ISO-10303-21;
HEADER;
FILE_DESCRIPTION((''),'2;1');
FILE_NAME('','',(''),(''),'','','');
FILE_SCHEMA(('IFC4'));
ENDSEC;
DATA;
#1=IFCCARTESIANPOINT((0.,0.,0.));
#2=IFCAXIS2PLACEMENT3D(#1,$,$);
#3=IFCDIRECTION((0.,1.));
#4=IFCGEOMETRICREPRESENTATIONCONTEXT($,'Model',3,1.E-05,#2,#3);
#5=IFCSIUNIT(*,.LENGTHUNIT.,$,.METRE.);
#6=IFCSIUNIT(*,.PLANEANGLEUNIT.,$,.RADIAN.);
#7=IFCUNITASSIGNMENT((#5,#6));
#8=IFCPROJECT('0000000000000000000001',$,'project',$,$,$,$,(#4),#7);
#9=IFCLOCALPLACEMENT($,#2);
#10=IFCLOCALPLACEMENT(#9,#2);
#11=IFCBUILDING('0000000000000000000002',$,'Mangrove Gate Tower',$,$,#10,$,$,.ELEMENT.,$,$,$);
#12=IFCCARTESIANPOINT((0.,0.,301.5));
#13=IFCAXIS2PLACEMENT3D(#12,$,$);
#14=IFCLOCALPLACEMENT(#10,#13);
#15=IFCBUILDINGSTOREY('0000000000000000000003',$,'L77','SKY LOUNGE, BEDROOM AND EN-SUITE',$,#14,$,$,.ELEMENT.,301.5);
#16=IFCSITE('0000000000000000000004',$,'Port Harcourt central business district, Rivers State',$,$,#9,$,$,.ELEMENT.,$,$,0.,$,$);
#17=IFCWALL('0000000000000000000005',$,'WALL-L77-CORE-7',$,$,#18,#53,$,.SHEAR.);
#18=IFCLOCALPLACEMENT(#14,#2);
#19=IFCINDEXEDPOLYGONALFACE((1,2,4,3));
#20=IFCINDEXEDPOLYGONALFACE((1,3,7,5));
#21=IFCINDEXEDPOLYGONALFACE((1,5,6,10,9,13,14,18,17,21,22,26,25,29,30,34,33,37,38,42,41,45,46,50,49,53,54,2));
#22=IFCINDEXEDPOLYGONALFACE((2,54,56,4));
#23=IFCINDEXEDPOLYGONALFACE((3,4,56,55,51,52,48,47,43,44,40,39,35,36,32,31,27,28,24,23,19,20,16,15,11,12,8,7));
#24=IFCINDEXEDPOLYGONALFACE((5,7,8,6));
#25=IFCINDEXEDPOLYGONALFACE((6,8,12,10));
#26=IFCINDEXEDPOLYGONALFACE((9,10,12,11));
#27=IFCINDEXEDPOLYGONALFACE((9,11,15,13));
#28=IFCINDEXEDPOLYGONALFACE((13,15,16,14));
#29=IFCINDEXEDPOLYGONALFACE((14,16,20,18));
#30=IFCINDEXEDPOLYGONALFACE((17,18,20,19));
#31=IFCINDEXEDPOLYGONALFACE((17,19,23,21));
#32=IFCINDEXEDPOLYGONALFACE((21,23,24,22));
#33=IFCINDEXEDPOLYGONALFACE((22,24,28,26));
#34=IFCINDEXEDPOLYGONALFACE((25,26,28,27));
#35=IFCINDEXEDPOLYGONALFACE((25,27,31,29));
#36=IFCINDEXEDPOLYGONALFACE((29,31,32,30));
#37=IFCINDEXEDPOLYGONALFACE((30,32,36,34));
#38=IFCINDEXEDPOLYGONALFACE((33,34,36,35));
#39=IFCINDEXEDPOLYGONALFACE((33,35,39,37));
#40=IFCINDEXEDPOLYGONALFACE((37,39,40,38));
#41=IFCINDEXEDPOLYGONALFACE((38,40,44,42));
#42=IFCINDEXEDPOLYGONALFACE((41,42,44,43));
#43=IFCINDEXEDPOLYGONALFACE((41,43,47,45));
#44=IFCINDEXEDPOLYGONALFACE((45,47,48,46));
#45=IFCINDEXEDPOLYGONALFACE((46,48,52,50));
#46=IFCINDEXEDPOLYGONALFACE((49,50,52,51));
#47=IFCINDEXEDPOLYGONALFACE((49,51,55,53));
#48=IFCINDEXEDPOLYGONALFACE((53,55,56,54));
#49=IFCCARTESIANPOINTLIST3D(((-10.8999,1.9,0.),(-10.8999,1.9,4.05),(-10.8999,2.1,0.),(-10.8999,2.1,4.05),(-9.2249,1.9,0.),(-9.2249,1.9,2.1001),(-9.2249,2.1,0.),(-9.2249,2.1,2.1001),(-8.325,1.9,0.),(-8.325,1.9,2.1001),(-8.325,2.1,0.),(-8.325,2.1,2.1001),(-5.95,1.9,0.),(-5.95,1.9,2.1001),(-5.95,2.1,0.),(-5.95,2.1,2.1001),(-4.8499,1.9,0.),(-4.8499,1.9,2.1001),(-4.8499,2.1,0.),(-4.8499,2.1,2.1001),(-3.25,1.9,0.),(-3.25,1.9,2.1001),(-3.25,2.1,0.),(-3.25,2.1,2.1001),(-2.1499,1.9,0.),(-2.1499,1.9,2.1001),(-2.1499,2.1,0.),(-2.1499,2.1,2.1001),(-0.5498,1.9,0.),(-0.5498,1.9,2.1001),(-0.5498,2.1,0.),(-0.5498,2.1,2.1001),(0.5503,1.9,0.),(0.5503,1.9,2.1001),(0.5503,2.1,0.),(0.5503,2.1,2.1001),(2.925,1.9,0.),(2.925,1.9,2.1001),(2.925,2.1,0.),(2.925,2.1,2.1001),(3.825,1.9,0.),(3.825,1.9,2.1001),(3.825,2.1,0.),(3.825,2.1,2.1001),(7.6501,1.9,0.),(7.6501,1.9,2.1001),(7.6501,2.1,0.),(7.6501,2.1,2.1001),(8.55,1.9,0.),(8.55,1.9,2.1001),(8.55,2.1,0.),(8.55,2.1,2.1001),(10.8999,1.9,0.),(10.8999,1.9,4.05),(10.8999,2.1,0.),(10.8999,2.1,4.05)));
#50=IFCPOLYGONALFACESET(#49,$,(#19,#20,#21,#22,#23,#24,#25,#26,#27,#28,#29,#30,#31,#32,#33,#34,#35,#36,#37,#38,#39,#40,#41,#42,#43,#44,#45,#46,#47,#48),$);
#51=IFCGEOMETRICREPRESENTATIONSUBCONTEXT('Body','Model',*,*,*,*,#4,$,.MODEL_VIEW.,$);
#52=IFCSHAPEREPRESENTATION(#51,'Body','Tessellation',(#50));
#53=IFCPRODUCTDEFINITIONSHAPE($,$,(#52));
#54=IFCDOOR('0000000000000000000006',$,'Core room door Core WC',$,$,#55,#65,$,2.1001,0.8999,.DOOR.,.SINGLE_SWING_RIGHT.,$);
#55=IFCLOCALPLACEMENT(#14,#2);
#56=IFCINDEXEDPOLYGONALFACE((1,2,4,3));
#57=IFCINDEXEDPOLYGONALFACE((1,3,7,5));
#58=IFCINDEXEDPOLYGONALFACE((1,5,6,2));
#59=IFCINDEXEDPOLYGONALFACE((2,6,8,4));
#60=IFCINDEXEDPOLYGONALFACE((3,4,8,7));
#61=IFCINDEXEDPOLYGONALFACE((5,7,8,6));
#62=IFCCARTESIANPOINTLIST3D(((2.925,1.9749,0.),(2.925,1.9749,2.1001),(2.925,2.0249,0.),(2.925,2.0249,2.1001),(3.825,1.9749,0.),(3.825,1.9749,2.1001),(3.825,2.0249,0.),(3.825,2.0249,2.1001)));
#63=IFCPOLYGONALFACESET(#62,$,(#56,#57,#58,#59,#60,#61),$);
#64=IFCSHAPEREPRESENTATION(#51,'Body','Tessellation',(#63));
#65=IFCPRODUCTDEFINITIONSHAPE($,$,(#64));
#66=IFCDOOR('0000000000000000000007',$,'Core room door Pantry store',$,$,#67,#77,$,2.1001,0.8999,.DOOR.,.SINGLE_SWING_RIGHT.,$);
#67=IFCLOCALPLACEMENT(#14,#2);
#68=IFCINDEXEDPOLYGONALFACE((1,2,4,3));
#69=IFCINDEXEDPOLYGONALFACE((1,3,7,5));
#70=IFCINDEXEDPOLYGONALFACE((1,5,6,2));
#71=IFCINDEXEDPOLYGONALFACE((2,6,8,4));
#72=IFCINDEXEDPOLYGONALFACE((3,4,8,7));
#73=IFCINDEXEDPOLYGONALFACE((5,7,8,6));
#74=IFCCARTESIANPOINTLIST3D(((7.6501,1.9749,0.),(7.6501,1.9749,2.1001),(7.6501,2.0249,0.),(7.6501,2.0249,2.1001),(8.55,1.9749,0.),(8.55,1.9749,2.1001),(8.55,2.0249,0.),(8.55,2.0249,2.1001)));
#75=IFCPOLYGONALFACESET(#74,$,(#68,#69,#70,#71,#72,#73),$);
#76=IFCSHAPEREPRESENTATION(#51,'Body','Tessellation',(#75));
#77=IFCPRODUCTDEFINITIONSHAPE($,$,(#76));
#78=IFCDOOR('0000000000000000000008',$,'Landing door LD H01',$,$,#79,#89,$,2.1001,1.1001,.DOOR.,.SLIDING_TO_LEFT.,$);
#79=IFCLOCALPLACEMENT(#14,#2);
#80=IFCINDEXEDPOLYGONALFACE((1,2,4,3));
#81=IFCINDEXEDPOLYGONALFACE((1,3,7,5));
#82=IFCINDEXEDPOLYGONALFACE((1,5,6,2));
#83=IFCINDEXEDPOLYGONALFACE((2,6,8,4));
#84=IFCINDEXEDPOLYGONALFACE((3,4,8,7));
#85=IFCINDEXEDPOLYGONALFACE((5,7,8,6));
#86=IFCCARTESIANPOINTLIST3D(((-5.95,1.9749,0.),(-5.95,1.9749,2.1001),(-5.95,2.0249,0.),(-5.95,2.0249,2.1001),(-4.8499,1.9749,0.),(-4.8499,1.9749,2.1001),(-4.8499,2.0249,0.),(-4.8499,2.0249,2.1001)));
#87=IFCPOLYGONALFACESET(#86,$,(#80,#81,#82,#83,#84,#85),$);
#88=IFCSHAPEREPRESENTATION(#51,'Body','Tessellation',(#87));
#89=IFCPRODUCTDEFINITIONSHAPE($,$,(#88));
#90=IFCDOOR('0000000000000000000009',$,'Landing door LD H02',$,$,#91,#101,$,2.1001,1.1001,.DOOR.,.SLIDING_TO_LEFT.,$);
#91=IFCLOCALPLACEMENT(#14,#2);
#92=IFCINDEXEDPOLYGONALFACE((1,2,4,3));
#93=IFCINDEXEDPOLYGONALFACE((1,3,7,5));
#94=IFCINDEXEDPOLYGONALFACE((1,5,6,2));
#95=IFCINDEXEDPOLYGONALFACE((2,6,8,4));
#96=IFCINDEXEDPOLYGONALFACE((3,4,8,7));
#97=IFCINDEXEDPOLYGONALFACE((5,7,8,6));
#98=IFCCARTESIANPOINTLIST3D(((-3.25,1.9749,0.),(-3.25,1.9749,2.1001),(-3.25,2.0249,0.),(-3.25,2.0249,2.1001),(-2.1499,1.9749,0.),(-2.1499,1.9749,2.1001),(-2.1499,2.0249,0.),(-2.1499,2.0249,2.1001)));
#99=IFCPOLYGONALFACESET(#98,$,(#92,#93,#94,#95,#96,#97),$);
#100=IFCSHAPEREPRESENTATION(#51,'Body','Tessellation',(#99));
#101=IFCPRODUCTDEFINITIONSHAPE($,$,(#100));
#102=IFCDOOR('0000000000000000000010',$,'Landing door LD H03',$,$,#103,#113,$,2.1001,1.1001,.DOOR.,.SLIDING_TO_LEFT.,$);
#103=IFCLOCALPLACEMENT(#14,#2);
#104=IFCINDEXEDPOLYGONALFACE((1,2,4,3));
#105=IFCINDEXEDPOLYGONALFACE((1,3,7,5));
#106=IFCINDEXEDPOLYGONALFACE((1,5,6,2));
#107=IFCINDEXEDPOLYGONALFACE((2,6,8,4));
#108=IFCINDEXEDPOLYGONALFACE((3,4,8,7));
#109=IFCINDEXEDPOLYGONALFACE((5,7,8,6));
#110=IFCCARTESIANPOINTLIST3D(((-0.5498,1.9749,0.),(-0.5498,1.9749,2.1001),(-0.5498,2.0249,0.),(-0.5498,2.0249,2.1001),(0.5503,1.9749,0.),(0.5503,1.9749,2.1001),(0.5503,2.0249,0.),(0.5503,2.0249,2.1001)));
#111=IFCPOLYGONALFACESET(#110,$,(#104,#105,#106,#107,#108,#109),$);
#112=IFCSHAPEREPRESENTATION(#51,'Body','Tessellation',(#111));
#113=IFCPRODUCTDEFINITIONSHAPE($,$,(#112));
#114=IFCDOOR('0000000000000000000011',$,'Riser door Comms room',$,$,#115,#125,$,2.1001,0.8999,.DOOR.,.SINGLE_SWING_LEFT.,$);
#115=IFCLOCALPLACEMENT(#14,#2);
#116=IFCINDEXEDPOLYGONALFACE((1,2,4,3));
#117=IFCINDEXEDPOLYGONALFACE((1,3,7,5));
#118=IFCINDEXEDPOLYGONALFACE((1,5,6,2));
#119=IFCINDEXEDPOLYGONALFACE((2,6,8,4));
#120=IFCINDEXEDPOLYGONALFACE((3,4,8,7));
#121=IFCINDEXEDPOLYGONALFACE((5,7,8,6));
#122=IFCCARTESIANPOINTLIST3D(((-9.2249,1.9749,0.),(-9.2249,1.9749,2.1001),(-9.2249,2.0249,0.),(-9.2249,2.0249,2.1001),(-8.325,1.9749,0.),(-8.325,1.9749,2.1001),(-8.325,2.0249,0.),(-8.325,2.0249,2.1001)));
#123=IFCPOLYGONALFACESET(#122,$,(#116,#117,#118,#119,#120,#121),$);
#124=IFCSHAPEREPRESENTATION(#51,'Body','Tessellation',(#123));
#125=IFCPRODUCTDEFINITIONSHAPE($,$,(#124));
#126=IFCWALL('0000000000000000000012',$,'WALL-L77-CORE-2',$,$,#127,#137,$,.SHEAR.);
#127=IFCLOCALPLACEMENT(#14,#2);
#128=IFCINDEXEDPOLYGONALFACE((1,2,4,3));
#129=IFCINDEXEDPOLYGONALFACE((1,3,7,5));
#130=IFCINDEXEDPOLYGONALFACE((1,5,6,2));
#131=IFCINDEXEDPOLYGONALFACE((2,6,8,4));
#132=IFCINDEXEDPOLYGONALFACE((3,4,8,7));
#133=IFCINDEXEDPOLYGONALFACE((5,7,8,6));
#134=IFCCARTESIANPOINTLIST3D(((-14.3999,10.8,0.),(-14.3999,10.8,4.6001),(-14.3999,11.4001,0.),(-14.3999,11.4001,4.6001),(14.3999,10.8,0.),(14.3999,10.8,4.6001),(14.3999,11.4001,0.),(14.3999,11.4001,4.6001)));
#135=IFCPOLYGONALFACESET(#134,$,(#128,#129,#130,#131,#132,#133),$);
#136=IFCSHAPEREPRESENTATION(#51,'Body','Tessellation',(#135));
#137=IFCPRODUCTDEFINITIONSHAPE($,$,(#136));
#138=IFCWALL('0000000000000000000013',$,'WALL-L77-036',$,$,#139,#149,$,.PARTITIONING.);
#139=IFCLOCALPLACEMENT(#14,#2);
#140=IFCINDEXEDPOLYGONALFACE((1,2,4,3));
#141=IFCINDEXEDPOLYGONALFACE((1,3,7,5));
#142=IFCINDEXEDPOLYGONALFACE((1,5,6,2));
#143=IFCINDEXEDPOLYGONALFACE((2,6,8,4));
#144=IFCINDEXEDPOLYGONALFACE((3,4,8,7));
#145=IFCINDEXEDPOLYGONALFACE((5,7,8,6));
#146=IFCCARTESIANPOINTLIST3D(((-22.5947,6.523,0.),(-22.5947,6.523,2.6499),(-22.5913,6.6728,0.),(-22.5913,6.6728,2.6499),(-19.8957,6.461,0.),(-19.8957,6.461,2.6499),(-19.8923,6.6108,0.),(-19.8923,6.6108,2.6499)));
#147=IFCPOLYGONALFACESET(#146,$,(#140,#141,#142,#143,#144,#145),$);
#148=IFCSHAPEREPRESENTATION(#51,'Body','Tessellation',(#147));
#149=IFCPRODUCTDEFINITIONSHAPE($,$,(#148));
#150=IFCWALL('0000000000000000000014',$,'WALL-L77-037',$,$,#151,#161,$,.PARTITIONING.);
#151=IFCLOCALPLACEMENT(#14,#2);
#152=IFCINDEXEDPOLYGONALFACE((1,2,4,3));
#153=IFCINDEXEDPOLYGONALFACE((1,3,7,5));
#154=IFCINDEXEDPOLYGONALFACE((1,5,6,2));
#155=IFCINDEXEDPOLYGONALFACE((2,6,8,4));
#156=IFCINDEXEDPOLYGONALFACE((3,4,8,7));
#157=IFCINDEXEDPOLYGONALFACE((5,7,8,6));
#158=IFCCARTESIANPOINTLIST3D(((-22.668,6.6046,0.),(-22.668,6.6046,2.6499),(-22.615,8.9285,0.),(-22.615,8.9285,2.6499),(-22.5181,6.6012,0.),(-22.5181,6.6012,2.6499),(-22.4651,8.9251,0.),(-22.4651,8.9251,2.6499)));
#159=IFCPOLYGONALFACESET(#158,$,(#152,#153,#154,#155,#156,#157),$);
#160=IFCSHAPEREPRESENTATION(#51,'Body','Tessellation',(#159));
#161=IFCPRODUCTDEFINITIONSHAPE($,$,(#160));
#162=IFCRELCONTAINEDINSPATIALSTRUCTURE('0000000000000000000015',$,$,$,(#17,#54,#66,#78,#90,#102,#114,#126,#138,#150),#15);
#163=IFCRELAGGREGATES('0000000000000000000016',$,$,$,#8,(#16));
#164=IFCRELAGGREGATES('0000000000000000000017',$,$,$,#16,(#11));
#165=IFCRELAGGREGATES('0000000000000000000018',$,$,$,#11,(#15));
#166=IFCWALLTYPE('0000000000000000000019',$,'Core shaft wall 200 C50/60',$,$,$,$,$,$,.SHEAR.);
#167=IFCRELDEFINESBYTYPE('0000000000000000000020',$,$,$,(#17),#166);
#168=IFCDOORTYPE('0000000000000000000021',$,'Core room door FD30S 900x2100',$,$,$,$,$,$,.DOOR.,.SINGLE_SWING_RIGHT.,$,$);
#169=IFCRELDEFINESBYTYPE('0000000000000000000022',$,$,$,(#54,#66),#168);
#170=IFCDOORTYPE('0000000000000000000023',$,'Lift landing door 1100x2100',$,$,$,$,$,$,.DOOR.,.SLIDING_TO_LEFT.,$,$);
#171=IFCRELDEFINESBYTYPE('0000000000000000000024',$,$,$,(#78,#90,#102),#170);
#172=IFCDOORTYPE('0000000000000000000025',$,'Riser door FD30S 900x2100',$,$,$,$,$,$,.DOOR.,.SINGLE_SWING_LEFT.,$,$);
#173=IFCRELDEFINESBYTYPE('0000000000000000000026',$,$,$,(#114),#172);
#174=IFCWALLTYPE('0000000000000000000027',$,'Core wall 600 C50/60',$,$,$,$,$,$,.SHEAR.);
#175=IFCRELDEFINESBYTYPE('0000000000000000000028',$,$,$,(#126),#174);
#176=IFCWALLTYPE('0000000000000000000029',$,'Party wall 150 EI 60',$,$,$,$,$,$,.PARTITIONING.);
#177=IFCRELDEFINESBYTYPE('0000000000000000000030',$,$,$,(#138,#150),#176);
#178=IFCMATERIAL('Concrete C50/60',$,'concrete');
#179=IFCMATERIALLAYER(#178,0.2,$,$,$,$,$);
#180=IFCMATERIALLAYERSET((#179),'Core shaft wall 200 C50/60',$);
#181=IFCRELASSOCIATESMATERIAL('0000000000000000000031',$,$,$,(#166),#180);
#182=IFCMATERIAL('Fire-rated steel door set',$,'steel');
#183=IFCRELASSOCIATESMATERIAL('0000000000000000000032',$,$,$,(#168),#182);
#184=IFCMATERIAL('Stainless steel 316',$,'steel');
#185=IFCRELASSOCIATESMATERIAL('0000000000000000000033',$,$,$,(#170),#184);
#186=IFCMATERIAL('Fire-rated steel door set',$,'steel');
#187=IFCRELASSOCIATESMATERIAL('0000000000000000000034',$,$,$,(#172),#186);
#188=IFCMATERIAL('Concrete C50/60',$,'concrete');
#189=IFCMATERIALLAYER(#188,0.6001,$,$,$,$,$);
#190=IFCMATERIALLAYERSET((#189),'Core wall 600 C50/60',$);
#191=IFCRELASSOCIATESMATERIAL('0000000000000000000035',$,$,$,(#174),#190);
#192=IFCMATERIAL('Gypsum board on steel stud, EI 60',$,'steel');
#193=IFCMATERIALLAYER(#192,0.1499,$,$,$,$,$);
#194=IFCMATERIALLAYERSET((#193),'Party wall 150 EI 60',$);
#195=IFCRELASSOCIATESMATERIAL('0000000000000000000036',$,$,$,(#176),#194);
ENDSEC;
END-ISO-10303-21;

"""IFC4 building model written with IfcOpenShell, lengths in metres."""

from ifc_helpers import new_model, si_unit, direction, frame, frame_2d, origin, place, context, subcontext, project, spatial, rectangle, extrude, material, layer, layer_set, type_object, element, fill, save


model = new_model("IFC4")

# Units and contexts
model_context = context("Model", 3, precision=1e-05, world=origin(), true_north=direction((0.0, 1.0)))
body_context = subcontext(model_context, "Body", "Model", "MODEL_VIEW")
ifc_project = project(units=[si_unit("LENGTHUNIT", "METRE"), si_unit("PLANEANGLEUNIT", "RADIAN")], contexts=[model_context])

# Site, building, storey
site_placement = place(None, origin())
site = spatial("IfcSite", under=ifc_project, at=site_placement, Name="Port Harcourt central business district, Rivers State", CompositionType="ELEMENT", RefElevation=0.0)
building_placement = place(site_placement, origin())
building = spatial("IfcBuilding", under=site, at=building_placement, Name="Mangrove Gate Tower", CompositionType="ELEMENT")
storey_placement = place(building_placement, frame((0.0, 0.0, 301.5)))
storey = spatial("IfcBuildingStorey", under=building, at=storey_placement, Name="L77", Description="SKY LOUNGE, BEDROOM AND EN-SUITE", CompositionType="ELEMENT", Elevation=301.5)

# Wall, openings, doors
ifc_material_1 = material(Name="Concrete C50/60", Category="concrete")
ifc_layer_1 = layer(ifc_material_1, 0.2)
ifc_layer_set_1 = layer_set([ifc_layer_1], Name="Core shaft wall 200 C50/60")
wall_type_1 = type_object("IfcWallType", Name="Core shaft wall 200 C50/60", PredefinedType="SHEAR", material=ifc_layer_set_1)
wall_1_placement = place(storey_placement, frame((-10.8999, 2.0, 0.0), z_axis=(0.0, 0.0, 1.0), x_axis=(1.0, 0.0, 0.0)))
wall_1 = element("IfcWall", 1, at=wall_1_placement, inside=storey, type_object=wall_type_1, Name="WALL-L77-CORE-7", PredefinedType="SHEAR", context=body_context, shape_type="SweptSolid", body=[
    extrude(rectangle(XDim=21.7998, YDim=0.2, at=frame_2d((10.8999, 0.0))), origin(), (0.0, 0.0, 1.0), 4.05),
])
opening_1_placement = place(wall_1_placement, frame((4.95, 0.0, 0.0)))
opening_1 = element("IfcOpeningElement", 2, at=opening_1_placement, cuts=wall_1, PredefinedType="OPENING", context=body_context, shape_type="SweptSolid", body=[
    extrude(rectangle(XDim=1.1001, YDim=2.1001, at=frame_2d((0.55, 1.05))), frame((0.0, 0.1099, 0.0), z_axis=(0.0, -1.0, 0.0), x_axis=(1.0, 0.0, 0.0)), (0.0, 0.0, 1.0), 0.22),
])
opening_2_placement = place(wall_1_placement, frame((7.6499, 0.0, 0.0)))
opening_2 = element("IfcOpeningElement", 3, at=opening_2_placement, cuts=wall_1, PredefinedType="OPENING", context=body_context, shape_type="SweptSolid", body=[
    extrude(rectangle(XDim=1.1001, YDim=2.1001, at=frame_2d((0.55, 1.05))), frame((0.0, 0.1099, 0.0), z_axis=(0.0, -1.0, 0.0), x_axis=(1.0, 0.0, 0.0)), (0.0, 0.0, 1.0), 0.22),
])
opening_3_placement = place(wall_1_placement, frame((10.3501, 0.0, 0.0)))
opening_3 = element("IfcOpeningElement", 4, at=opening_3_placement, cuts=wall_1, PredefinedType="OPENING", context=body_context, shape_type="SweptSolid", body=[
    extrude(rectangle(XDim=1.1001, YDim=2.1001, at=frame_2d((0.55, 1.05))), frame((0.0, 0.1099, 0.0), z_axis=(0.0, -1.0, 0.0), x_axis=(1.0, 0.0, 0.0)), (0.0, 0.0, 1.0), 0.22),
])
opening_4_placement = place(wall_1_placement, frame((1.675, 0.0, 0.0)))
opening_4 = element("IfcOpeningElement", 5, at=opening_4_placement, cuts=wall_1, PredefinedType="OPENING", context=body_context, shape_type="SweptSolid", body=[
    extrude(rectangle(XDim=0.8999, YDim=2.1001, at=frame_2d((0.45, 1.05))), frame((0.0, 0.1099, 0.0), z_axis=(0.0, -1.0, 0.0), x_axis=(1.0, 0.0, 0.0)), (0.0, 0.0, 1.0), 0.22),
])
opening_5_placement = place(wall_1_placement, frame((13.825, 0.0, 0.0)))
opening_5 = element("IfcOpeningElement", 6, at=opening_5_placement, cuts=wall_1, PredefinedType="OPENING", context=body_context, shape_type="SweptSolid", body=[
    extrude(rectangle(XDim=0.8999, YDim=2.1001, at=frame_2d((0.45, 1.05))), frame((0.0, 0.1099, 0.0), z_axis=(0.0, -1.0, 0.0), x_axis=(1.0, 0.0, 0.0)), (0.0, 0.0, 1.0), 0.22),
])
opening_6_placement = place(wall_1_placement, frame((18.55, 0.0, 0.0)))
opening_6 = element("IfcOpeningElement", 7, at=opening_6_placement, cuts=wall_1, PredefinedType="OPENING", context=body_context, shape_type="SweptSolid", body=[
    extrude(rectangle(XDim=0.8999, YDim=2.1001, at=frame_2d((0.45, 1.05))), frame((0.0, 0.1099, 0.0), z_axis=(0.0, -1.0, 0.0), x_axis=(1.0, 0.0, 0.0)), (0.0, 0.0, 1.0), 0.22),
])
ifc_material_2 = material(Name="Fire-rated steel door set", Category="steel")
door_type_1 = type_object("IfcDoorType", Name="Core room door FD30S 900x2100", OperationType="SINGLE_SWING_RIGHT", PredefinedType="DOOR", material=ifc_material_2)
door_1_placement = place(opening_5_placement, origin())
door_1 = element("IfcDoor", 8, at=door_1_placement, inside=storey, type_object=door_type_1, Name="Core room door Core WC", OperationType="SINGLE_SWING_RIGHT", OverallHeight=2.1001, OverallWidth=0.8999, PredefinedType="DOOR", context=body_context, shape_type="SweptSolid", body=[
    extrude(rectangle(XDim=0.8999, YDim=2.1001, at=frame_2d((0.45, 1.05))), frame((0.0, 0.0249, 0.0), z_axis=(0.0, -1.0, 0.0), x_axis=(1.0, 0.0, 0.0)), (0.0, 0.0, 1.0), 0.05),
])
fill(opening_5, door_1)
door_2_placement = place(opening_6_placement, origin())
door_2 = element("IfcDoor", 9, at=door_2_placement, inside=storey, type_object=door_type_1, Name="Core room door Pantry store", OperationType="SINGLE_SWING_RIGHT", OverallHeight=2.1001, OverallWidth=0.8999, PredefinedType="DOOR", context=body_context, shape_type="SweptSolid", body=[
    extrude(rectangle(XDim=0.8999, YDim=2.1001, at=frame_2d((0.45, 1.05))), frame((0.0, 0.0249, 0.0), z_axis=(0.0, -1.0, 0.0), x_axis=(1.0, 0.0, 0.0)), (0.0, 0.0, 1.0), 0.05),
])
fill(opening_6, door_2)
ifc_material_3 = material(Name="Stainless steel 316", Category="steel")
door_type_2 = type_object("IfcDoorType", Name="Lift landing door 1100x2100", OperationType="SLIDING_TO_LEFT", PredefinedType="DOOR", material=ifc_material_3)
door_3_placement = place(opening_1_placement, origin())
door_3 = element("IfcDoor", 10, at=door_3_placement, inside=storey, type_object=door_type_2, Name="Landing door LD H01", OperationType="SLIDING_TO_LEFT", OverallHeight=2.1001, OverallWidth=1.1001, PredefinedType="DOOR", context=body_context, shape_type="SweptSolid", body=[
    extrude(rectangle(XDim=1.1001, YDim=2.1001, at=frame_2d((0.55, 1.05))), frame((0.0, 0.0249, 0.0), z_axis=(0.0, -1.0, 0.0), x_axis=(1.0, 0.0, 0.0)), (0.0, 0.0, 1.0), 0.05),
])
fill(opening_1, door_3)
door_4_placement = place(opening_2_placement, origin())
door_4 = element("IfcDoor", 11, at=door_4_placement, inside=storey, type_object=door_type_2, Name="Landing door LD H02", OperationType="SLIDING_TO_LEFT", OverallHeight=2.1001, OverallWidth=1.1001, PredefinedType="DOOR", context=body_context, shape_type="SweptSolid", body=[
    extrude(rectangle(XDim=1.1001, YDim=2.1001, at=frame_2d((0.55, 1.05))), frame((0.0, 0.0249, 0.0), z_axis=(0.0, -1.0, 0.0), x_axis=(1.0, 0.0, 0.0)), (0.0, 0.0, 1.0), 0.05),
])
fill(opening_2, door_4)
door_5_placement = place(opening_3_placement, origin())
door_5 = element("IfcDoor", 12, at=door_5_placement, inside=storey, type_object=door_type_2, Name="Landing door LD H03", OperationType="SLIDING_TO_LEFT", OverallHeight=2.1001, OverallWidth=1.1001, PredefinedType="DOOR", context=body_context, shape_type="SweptSolid", body=[
    extrude(rectangle(XDim=1.1001, YDim=2.1001, at=frame_2d((0.55, 1.05))), frame((0.0, 0.0249, 0.0), z_axis=(0.0, -1.0, 0.0), x_axis=(1.0, 0.0, 0.0)), (0.0, 0.0, 1.0), 0.05),
])
fill(opening_3, door_5)
ifc_material_4 = material(Name="Fire-rated steel door set", Category="steel")
door_type_3 = type_object("IfcDoorType", Name="Riser door FD30S 900x2100", OperationType="SINGLE_SWING_LEFT", PredefinedType="DOOR", material=ifc_material_4)
door_6_placement = place(opening_4_placement, origin())
door_6 = element("IfcDoor", 13, at=door_6_placement, inside=storey, type_object=door_type_3, Name="Riser door Comms room", OperationType="SINGLE_SWING_LEFT", OverallHeight=2.1001, OverallWidth=0.8999, PredefinedType="DOOR", context=body_context, shape_type="SweptSolid", body=[
    extrude(rectangle(XDim=0.8999, YDim=2.1001, at=frame_2d((0.45, 1.05))), frame((0.0, 0.0249, 0.0), z_axis=(0.0, -1.0, 0.0), x_axis=(1.0, 0.0, 0.0)), (0.0, 0.0, 1.0), 0.05),
])
fill(opening_4, door_6)

# Walls
ifc_material_5 = material(Name="Concrete C50/60", Category="concrete")
ifc_layer_2 = layer(ifc_material_5, 0.6001)
ifc_layer_set_2 = layer_set([ifc_layer_2], Name="Core wall 600 C50/60")
wall_type_2 = type_object("IfcWallType", Name="Core wall 600 C50/60", PredefinedType="SHEAR", material=ifc_layer_set_2)
wall_2_placement = place(storey_placement, frame((-14.3999, 11.1001, 0.0), z_axis=(0.0, 0.0, 1.0), x_axis=(1.0, 0.0, 0.0)))
element("IfcWall", 14, at=wall_2_placement, inside=storey, type_object=wall_type_2, Name="WALL-L77-CORE-2", PredefinedType="SHEAR", context=body_context, shape_type="SweptSolid", body=[
    extrude(rectangle(XDim=28.7998, YDim=0.6001, at=frame_2d((14.3999, 0.0))), origin(), (0.0, 0.0, 1.0), 4.6001),
])
ifc_material_6 = material(Name="Gypsum board on steel stud, EI 60", Category="steel")
ifc_layer_3 = layer(ifc_material_6, 0.1499)
ifc_layer_set_3 = layer_set([ifc_layer_3], Name="Party wall 150 EI 60")
wall_type_3 = type_object("IfcWallType", Name="Party wall 150 EI 60", PredefinedType="PARTITIONING", material=ifc_layer_set_3)
wall_3_placement = place(storey_placement, frame((-22.593, 6.5979, 0.0), z_axis=(0.0, 0.0, 1.0), x_axis=(0.999736, -0.02297, 0.0)))
element("IfcWall", 15, at=wall_3_placement, inside=storey, type_object=wall_type_3, Name="WALL-L77-036", PredefinedType="PARTITIONING", context=body_context, shape_type="SweptSolid", body=[
    extrude(rectangle(XDim=2.6997, YDim=0.1499, at=frame_2d((1.3499, 0.0))), origin(), (0.0, 0.0, 1.0), 2.6499),
])
wall_4_placement = place(storey_placement, frame((-22.593, 6.603, 0.0), z_axis=(0.0, 0.0, 1.0), x_axis=(0.022791, 0.99974, 0.0)))
element("IfcWall", 16, at=wall_4_placement, inside=storey, type_object=wall_type_3, Name="WALL-L77-037", PredefinedType="PARTITIONING", context=body_context, shape_type="SweptSolid", body=[
    extrude(rectangle(XDim=2.3245, YDim=0.1499, at=frame_2d((1.1621, 0.0))), origin(), (0.0, 0.0, 1.0), 2.6499),
])

save(model, "model.ifc")
